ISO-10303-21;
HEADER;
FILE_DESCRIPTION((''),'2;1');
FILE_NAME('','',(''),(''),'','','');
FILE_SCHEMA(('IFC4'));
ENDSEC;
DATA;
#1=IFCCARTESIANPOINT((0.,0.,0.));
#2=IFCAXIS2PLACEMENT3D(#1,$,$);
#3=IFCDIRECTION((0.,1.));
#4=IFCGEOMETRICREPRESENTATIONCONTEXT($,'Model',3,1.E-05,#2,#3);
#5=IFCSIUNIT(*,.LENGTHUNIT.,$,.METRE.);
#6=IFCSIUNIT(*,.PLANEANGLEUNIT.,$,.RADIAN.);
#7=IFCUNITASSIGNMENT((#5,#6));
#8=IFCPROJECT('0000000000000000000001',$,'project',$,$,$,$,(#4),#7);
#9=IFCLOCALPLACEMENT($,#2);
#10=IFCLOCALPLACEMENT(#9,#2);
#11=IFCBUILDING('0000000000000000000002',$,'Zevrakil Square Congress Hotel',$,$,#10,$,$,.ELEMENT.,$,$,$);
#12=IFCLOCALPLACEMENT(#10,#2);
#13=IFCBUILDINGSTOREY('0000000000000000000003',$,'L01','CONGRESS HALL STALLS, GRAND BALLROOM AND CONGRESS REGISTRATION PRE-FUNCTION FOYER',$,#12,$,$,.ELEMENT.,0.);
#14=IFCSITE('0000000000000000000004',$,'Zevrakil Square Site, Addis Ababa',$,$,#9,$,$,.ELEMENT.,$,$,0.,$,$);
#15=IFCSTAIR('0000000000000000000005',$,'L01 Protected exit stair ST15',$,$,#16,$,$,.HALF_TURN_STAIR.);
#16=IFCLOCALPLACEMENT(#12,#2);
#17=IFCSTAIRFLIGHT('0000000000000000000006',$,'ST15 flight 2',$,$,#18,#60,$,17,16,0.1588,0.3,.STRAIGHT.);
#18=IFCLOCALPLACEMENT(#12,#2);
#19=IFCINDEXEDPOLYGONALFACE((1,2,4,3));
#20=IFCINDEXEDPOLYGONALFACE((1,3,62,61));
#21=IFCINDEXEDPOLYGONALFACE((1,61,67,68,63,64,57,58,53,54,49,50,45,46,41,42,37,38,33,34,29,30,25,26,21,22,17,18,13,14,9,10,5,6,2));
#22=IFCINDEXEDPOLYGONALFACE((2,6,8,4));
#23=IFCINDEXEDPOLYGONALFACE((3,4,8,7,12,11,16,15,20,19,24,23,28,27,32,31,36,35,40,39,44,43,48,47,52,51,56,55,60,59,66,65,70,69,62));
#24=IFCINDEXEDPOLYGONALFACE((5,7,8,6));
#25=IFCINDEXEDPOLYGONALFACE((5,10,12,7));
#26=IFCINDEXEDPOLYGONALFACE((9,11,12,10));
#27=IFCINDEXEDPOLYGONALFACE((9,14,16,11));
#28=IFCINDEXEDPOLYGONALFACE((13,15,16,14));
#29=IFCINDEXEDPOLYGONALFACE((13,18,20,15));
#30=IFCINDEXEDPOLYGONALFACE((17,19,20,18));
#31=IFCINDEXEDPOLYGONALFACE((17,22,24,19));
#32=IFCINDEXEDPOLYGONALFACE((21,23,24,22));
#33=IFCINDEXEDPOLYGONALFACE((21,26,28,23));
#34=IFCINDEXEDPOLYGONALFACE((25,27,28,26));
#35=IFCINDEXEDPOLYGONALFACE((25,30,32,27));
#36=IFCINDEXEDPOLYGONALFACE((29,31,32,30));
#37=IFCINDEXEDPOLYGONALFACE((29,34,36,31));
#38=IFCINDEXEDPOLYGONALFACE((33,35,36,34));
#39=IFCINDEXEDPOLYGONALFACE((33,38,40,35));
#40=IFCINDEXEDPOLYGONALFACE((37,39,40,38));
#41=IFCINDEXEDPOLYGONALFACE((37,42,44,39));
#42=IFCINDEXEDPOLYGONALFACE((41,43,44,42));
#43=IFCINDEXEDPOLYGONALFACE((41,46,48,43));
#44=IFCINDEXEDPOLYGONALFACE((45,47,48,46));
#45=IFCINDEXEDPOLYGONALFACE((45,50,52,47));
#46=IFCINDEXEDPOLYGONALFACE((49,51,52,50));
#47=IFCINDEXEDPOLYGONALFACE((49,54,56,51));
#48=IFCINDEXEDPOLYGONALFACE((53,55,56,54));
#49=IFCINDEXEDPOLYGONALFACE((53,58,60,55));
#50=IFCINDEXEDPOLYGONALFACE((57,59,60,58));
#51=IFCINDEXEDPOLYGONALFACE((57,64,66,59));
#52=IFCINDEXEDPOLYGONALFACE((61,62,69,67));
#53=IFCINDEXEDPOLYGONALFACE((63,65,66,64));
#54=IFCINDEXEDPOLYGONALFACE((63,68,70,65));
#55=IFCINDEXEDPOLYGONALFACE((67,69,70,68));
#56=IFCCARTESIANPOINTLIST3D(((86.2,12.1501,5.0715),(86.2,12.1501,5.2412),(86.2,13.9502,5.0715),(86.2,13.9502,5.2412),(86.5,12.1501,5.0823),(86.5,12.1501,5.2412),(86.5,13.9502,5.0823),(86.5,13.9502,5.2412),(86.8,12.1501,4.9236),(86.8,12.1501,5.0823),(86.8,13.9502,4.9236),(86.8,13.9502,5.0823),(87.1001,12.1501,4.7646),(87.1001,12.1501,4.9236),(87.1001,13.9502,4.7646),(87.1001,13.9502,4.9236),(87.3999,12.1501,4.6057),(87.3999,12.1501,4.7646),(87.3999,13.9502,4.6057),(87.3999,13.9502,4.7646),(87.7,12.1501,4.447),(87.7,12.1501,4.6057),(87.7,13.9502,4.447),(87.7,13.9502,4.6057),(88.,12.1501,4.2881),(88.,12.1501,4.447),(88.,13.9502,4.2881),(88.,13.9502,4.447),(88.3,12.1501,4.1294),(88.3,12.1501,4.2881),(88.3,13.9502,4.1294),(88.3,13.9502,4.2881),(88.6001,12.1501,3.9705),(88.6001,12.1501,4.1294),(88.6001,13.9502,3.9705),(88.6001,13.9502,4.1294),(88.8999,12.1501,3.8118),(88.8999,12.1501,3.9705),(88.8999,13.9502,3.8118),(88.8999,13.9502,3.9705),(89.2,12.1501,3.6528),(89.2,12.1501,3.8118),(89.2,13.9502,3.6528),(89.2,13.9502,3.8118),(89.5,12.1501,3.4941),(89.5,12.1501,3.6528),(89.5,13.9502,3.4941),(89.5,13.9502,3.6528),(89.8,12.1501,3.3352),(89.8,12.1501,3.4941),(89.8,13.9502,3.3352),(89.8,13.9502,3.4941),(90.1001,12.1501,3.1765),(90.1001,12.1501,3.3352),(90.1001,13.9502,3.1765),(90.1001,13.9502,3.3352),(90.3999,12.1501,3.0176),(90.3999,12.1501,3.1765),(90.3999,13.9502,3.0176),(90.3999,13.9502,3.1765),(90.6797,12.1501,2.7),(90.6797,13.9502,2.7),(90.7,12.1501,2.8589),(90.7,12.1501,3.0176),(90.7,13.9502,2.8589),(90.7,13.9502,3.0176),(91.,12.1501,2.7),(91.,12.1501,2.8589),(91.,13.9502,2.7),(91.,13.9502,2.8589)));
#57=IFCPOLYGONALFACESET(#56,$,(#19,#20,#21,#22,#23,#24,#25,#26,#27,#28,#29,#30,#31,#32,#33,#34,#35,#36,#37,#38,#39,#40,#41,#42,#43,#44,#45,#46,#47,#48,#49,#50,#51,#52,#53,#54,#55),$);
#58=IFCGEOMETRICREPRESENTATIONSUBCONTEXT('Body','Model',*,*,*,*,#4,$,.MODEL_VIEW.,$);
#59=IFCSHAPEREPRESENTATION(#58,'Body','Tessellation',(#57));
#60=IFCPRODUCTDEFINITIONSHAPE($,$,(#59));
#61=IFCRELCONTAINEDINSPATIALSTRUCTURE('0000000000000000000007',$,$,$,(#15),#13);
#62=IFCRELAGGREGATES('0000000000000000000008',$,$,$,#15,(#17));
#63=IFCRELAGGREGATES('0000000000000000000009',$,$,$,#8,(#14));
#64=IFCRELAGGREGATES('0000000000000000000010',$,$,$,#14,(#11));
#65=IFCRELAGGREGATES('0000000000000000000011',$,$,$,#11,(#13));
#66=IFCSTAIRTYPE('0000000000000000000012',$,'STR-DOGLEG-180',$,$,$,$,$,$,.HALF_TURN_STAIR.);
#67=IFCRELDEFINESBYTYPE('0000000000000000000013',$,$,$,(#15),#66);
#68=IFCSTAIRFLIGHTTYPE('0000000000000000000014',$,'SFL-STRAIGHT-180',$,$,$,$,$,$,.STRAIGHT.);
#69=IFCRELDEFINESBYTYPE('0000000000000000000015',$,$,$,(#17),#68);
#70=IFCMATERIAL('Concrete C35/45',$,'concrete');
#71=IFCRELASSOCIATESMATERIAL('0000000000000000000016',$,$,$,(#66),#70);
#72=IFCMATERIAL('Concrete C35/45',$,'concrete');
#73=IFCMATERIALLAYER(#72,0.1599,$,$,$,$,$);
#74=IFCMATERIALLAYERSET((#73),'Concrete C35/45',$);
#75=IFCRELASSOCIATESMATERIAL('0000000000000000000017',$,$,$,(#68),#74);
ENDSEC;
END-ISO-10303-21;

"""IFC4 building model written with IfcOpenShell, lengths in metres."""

from ifc_helpers import new_model, si_unit, direction, frame, origin, place, context, subcontext, project, spatial, polyline, outline, extrude, material, layer, layer_set, type_object, element, aggregate, save


model = new_model("IFC4")

# Units and contexts
model_context = context("Model", 3, precision=1e-05, world=origin(), true_north=direction((0.0, 1.0)))
body_context = subcontext(model_context, "Body", "Model", "MODEL_VIEW")
ifc_project = project(units=[si_unit("LENGTHUNIT", "METRE"), si_unit("PLANEANGLEUNIT", "RADIAN")], contexts=[model_context])

# Site, building, storey
site_placement = place(None, origin())
site = spatial("IfcSite", under=ifc_project, at=site_placement, Name="Zevrakil Square Site, Addis Ababa", CompositionType="ELEMENT", RefElevation=0.0)
building_placement = place(site_placement, origin())
building = spatial("IfcBuilding", under=site, at=building_placement, Name="Zevrakil Square Congress Hotel", CompositionType="ELEMENT")
storey_placement = place(building_placement, origin())
storey = spatial("IfcBuildingStorey", under=building, at=storey_placement, Name="L01", Description="CONGRESS HALL STALLS, GRAND BALLROOM AND CONGRESS REGISTRATION PRE-FUNCTION FOYER", CompositionType="ELEMENT", Elevation=0.0)

# Stair, stair flight
ifc_material_1 = material(Name="Concrete C35/45", Category="concrete")
stair_type = type_object("IfcStairType", Name="STR-DOGLEG-180", PredefinedType="HALF_TURN_STAIR", material=ifc_material_1)
stair_placement = place(storey_placement, origin())
stair = element("IfcStair", 1, at=stair_placement, inside=storey, type_object=stair_type, Name="L01 Protected exit stair ST15", PredefinedType="HALF_TURN_STAIR")
ifc_material_2 = material(Name="Concrete C35/45", Category="concrete")
ifc_layer_1 = layer(ifc_material_2, 0.1599)
ifc_layer_set_1 = layer_set([ifc_layer_1], Name="Concrete C35/45")
stair_flight_type = type_object("IfcStairFlightType", Name="SFL-STRAIGHT-180", PredefinedType="STRAIGHT", material=ifc_layer_set_1)
stair_flight_1_placement = place(storey_placement, frame((91.0, 13.05, 2.7), z_axis=(0.0, 0.0, 1.0), x_axis=(-1.0, 0.0, 0.0)))
stair_flight_1 = element("IfcStairFlight", 2, at=stair_flight_1_placement, type_object=stair_flight_type, Name="ST15 flight 2", NumberOfRisers=17, NumberOfTreads=16, PredefinedType="STRAIGHT", RiserHeight=0.1588, TreadLength=0.3, context=body_context, shape_type="SweptSolid", body=[
    extrude(outline(polyline([(0.0, 0.0), (0.0, 0.1589), (0.3, 0.1589), (0.3, 0.3176), (0.6001, 0.3176), (0.6001, 0.4766), (0.8999, 0.4766), (0.8999, 0.6353), (1.2, 0.6353), (1.2, 0.7942), (1.5, 0.7942), (1.5, 0.9529), (1.8, 0.9529), (1.8, 1.1118), (2.1001, 1.1118), (2.1001, 1.2705), (2.3999, 1.2705), (2.3999, 1.4294), (2.7, 1.4294), (2.7, 1.5881), (3.0, 1.5881), (3.0, 1.7471), (3.3, 1.7471), (3.3, 1.9058), (3.6001, 1.9058), (3.6001, 2.0647), (3.8999, 2.0647), (3.8999, 2.2236), (4.2, 2.2236), (4.2, 2.3823), (4.5, 2.3823), (4.5, 2.5413), (4.8, 2.5413), (4.8, 2.7), (4.8, 2.3716), (0.3203, 0.0), (0.0, 0.0)])), frame((0.0, 0.8999, 0.0), z_axis=(0.0, -1.0, 0.0), x_axis=(1.0, 0.0, 0.0)), (0.0, 0.0, 1.0), 1.8),
])
aggregate(stair, [stair_flight_1])

save(model, "model.ifc")
